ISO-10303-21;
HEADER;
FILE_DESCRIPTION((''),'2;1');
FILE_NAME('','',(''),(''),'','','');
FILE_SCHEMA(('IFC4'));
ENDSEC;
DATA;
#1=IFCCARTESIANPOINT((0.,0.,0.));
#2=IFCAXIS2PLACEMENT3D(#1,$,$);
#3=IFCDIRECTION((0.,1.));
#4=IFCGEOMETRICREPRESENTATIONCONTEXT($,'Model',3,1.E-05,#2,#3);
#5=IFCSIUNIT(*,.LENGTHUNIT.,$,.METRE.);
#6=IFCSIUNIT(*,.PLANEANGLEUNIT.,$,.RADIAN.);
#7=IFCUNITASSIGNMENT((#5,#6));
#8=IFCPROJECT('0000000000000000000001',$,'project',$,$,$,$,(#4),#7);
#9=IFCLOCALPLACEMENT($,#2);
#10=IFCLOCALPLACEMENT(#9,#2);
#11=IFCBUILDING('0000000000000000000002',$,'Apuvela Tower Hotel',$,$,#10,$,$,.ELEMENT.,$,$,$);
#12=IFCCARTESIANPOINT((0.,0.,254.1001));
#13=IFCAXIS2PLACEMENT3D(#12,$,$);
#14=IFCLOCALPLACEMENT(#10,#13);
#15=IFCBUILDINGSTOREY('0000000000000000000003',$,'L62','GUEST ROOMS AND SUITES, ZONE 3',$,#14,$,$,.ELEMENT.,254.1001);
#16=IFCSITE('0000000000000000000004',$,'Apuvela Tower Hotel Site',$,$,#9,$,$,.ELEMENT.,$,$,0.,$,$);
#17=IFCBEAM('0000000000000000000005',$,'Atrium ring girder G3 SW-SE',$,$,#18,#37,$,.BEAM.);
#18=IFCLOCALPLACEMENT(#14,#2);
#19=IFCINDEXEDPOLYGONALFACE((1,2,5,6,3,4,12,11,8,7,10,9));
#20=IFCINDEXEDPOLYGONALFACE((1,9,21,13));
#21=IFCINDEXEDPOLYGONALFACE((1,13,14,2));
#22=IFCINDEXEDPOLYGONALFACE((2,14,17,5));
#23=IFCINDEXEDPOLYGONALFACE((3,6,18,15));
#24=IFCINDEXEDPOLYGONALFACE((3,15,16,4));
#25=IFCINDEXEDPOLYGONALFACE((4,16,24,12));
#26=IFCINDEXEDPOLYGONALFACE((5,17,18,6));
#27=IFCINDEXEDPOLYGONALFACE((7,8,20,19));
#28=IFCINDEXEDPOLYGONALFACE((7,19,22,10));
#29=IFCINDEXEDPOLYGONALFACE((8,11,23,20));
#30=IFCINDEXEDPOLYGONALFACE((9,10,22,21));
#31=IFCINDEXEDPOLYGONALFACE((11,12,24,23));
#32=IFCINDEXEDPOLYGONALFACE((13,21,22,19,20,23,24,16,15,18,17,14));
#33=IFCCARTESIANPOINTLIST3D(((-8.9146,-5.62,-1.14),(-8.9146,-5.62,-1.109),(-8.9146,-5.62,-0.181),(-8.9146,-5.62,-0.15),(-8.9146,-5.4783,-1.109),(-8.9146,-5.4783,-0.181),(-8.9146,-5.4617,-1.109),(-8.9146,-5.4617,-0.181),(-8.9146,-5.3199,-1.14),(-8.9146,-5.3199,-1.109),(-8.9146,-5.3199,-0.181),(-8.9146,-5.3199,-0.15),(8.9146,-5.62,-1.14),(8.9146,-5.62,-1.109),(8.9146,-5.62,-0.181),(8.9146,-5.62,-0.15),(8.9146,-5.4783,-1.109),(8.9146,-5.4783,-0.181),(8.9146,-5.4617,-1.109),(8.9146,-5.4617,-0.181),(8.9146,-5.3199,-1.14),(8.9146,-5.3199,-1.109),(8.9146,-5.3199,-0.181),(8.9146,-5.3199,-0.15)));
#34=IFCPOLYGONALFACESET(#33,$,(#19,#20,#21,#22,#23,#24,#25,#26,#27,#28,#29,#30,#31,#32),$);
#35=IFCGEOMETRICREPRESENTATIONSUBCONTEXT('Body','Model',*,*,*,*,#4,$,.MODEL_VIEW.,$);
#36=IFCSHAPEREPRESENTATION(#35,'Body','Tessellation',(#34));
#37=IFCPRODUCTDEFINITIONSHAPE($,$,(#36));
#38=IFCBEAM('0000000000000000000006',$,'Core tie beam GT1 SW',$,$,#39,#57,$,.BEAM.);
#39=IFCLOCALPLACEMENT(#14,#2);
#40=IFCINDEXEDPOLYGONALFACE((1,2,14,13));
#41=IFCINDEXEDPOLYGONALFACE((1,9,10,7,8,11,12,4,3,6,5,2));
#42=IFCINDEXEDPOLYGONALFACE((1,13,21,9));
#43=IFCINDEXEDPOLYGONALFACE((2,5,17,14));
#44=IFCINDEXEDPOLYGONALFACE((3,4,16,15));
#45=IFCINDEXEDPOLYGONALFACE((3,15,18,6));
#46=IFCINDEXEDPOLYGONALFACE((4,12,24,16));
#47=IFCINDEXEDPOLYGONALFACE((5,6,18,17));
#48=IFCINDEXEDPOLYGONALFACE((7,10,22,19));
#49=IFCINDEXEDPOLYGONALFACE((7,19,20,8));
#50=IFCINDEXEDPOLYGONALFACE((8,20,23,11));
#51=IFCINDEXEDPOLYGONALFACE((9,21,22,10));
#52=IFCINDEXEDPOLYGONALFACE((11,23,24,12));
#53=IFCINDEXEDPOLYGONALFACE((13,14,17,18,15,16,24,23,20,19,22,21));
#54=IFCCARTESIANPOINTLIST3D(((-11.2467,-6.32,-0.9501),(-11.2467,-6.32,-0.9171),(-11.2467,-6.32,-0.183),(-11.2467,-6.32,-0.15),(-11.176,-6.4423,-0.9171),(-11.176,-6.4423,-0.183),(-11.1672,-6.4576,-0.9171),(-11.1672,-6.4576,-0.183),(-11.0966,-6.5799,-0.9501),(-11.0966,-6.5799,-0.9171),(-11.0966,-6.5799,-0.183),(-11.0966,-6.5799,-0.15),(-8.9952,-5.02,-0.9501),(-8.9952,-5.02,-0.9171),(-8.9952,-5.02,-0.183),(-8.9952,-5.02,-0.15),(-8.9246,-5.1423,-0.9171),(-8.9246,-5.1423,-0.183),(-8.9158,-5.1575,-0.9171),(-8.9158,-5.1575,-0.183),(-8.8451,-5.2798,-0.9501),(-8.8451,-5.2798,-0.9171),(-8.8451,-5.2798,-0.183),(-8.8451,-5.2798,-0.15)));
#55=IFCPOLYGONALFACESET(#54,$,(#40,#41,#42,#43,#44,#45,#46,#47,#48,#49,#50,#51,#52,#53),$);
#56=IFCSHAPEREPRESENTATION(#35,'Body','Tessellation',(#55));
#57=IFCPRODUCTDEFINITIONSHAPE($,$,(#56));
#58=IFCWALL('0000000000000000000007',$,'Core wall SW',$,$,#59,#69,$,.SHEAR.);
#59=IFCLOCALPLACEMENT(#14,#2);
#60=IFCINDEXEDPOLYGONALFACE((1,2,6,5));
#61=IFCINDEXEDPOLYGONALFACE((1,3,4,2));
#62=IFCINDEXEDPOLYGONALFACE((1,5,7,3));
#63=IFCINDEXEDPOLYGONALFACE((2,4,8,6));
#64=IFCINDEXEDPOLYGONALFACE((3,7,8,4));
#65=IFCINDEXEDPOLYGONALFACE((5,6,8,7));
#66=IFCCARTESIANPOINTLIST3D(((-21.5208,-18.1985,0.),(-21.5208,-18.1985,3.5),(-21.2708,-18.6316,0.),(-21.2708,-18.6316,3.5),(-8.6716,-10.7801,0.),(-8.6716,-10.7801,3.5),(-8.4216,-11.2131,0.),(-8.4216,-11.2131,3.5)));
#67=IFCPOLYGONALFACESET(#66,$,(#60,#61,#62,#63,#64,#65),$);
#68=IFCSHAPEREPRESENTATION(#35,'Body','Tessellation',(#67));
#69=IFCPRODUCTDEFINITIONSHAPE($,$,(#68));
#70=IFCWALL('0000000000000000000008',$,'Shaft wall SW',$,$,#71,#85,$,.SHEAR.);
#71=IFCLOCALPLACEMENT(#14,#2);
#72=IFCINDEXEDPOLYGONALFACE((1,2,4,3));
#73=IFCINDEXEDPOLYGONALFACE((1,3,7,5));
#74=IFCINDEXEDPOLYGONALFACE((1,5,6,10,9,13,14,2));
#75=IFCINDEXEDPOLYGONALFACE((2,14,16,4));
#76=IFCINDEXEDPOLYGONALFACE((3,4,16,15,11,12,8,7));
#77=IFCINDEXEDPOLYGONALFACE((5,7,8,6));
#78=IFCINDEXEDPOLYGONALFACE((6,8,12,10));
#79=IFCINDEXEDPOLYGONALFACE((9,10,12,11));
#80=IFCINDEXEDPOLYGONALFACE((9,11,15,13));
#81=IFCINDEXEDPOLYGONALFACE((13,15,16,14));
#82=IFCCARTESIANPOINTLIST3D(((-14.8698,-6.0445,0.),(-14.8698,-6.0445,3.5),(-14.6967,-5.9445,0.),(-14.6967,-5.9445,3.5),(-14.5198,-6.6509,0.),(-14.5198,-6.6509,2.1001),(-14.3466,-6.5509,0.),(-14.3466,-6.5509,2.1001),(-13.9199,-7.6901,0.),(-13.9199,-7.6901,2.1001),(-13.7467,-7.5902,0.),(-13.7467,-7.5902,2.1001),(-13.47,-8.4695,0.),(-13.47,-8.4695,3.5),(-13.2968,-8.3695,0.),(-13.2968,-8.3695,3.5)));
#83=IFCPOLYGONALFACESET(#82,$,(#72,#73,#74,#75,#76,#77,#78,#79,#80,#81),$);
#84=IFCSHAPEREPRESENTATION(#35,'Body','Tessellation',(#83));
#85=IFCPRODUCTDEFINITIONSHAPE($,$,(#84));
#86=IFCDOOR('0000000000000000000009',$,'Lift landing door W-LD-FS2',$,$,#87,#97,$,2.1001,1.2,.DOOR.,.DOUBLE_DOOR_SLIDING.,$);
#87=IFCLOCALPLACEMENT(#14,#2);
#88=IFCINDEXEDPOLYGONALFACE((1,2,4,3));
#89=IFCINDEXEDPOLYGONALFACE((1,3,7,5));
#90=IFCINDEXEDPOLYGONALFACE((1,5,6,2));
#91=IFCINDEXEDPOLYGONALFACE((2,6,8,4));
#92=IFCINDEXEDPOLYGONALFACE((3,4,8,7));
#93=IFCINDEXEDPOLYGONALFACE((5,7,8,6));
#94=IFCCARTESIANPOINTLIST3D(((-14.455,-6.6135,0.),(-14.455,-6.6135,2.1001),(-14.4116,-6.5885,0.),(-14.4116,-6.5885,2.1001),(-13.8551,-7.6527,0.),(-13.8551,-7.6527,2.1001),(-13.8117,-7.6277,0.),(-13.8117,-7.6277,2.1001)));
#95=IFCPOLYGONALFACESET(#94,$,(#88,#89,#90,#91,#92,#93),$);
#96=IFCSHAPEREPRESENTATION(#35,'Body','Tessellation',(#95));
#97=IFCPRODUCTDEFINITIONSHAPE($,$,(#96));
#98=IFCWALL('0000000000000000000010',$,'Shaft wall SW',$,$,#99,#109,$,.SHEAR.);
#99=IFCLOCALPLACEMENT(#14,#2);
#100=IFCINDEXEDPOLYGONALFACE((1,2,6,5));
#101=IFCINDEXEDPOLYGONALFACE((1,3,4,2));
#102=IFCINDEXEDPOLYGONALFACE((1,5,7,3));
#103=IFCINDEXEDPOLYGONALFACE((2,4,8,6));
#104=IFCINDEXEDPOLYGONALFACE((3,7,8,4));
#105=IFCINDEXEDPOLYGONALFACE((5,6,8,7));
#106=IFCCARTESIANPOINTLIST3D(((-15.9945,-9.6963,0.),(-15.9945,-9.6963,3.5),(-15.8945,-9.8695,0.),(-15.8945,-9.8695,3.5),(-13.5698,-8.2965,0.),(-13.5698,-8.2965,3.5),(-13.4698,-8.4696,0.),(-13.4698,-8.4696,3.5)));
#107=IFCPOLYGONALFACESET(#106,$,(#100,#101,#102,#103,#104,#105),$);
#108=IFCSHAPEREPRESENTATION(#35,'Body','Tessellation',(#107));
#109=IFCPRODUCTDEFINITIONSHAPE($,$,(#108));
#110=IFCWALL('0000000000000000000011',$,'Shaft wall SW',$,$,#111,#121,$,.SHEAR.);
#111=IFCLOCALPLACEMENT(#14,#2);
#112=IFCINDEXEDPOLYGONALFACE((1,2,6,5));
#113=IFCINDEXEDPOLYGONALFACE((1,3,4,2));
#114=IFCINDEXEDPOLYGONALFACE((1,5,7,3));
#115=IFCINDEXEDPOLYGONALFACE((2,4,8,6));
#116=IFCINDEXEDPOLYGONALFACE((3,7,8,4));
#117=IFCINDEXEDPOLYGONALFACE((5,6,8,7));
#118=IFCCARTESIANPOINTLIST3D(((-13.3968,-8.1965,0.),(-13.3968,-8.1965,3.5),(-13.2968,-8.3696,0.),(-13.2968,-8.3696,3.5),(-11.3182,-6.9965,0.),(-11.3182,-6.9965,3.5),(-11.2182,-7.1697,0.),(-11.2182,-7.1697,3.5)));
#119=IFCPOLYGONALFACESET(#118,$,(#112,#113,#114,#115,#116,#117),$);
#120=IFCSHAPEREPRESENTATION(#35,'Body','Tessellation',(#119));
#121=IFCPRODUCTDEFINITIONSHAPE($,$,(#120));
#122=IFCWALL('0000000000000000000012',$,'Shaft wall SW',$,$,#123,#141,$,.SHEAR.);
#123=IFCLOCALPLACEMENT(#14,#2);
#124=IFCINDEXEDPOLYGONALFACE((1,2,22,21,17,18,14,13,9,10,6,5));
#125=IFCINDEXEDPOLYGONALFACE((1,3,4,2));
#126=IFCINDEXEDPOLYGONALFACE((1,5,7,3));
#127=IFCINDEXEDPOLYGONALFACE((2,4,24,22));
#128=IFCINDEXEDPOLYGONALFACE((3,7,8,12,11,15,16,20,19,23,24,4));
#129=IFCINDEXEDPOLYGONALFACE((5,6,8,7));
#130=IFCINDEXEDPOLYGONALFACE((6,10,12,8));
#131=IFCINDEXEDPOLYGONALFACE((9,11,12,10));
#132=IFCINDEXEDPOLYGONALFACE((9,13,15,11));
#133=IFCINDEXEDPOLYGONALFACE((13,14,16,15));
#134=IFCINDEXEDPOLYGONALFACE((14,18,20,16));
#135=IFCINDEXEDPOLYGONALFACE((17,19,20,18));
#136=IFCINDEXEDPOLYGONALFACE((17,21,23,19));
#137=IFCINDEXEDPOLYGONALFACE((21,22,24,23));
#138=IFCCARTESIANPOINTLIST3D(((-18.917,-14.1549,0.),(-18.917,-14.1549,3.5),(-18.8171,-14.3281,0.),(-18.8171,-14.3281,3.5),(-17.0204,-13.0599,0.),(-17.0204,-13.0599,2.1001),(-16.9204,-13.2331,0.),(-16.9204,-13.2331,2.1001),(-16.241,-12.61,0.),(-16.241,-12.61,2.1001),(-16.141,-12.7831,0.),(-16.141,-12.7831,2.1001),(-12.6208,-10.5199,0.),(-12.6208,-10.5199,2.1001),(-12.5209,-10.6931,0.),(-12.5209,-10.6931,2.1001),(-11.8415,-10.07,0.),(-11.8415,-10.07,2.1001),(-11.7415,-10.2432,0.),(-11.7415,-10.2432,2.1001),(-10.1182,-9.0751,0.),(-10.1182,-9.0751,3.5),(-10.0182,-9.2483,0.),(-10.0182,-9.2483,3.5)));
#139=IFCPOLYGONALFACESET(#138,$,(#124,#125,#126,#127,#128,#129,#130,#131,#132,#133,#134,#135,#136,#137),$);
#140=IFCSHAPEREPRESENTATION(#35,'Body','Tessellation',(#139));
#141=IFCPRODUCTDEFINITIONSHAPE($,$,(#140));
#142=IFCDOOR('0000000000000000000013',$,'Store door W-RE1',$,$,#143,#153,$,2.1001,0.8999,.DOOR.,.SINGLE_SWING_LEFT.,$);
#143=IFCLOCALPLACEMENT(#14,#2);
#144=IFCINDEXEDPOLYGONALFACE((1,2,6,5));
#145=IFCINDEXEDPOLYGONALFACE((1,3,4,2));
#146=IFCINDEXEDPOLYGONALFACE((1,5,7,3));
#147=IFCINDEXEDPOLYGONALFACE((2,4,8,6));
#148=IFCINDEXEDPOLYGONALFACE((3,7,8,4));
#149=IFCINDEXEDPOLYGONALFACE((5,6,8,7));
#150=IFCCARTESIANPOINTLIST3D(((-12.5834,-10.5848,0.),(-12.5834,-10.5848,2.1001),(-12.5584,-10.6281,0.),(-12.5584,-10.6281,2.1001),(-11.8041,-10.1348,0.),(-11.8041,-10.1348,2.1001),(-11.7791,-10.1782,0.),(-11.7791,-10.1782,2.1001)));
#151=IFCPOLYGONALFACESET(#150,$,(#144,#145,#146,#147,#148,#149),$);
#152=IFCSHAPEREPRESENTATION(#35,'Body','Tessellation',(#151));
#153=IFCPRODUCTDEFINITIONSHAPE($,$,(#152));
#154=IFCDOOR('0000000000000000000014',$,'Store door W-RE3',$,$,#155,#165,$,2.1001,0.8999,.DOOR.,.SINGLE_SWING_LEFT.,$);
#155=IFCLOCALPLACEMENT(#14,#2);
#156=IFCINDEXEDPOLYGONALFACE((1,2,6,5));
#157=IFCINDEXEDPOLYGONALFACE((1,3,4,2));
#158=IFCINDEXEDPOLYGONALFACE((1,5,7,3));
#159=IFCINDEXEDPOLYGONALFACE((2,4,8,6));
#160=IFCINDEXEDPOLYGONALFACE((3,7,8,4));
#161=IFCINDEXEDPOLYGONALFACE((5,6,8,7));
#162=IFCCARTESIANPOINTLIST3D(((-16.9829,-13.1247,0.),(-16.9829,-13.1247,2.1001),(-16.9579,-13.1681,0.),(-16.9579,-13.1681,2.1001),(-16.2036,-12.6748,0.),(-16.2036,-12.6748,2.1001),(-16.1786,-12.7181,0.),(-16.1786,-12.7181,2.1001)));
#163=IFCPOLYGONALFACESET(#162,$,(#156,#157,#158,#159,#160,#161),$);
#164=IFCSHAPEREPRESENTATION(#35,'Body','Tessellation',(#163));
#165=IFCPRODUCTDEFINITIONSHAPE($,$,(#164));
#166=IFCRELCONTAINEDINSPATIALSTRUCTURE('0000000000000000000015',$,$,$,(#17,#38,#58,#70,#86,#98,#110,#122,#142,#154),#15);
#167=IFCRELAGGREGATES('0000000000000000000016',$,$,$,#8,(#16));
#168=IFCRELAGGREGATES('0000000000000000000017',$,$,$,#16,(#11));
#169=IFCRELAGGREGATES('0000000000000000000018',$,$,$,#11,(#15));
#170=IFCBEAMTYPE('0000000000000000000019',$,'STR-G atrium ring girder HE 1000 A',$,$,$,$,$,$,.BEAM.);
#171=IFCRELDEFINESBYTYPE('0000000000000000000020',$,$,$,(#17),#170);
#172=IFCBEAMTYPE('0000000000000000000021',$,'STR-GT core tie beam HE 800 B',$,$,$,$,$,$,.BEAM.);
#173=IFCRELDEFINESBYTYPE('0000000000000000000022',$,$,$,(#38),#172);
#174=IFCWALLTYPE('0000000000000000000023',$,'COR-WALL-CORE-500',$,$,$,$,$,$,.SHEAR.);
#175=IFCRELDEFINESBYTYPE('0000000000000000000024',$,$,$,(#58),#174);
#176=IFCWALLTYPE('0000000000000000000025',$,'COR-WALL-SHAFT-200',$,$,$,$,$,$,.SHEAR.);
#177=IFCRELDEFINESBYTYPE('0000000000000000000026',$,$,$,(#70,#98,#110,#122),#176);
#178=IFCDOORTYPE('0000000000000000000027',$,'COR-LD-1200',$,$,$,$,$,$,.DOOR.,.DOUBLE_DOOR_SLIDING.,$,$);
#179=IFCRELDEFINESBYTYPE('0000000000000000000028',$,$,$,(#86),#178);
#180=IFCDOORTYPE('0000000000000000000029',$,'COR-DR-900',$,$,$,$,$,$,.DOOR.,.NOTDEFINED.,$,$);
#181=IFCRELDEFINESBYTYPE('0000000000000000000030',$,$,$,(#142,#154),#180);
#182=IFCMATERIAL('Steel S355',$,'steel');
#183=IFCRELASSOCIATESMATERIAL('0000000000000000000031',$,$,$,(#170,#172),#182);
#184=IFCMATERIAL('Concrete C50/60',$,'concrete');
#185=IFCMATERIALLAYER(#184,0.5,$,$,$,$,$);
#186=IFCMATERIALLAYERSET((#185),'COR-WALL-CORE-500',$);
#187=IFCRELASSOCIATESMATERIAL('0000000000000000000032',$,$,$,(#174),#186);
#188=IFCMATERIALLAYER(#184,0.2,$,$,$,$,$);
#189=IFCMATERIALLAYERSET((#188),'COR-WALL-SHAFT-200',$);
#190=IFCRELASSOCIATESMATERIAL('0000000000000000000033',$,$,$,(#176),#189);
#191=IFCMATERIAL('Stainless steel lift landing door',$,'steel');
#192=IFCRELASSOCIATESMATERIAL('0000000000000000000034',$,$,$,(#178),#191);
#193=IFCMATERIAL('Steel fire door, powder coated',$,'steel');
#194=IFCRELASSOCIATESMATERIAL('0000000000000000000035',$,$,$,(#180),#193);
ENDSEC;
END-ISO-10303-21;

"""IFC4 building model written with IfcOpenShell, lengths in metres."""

from ifc_helpers import new_model, si_unit, direction, frame, frame_2d, origin, origin_2d, place, context, subcontext, project, spatial, rectangle, i_section, extrude, material, layer, layer_set, material_profile, profile_set, type_object, element, fill, save


model = new_model("IFC4")

# Units and contexts
model_context = context("Model", 3, precision=1e-05, world=origin(), true_north=direction((0.0, 1.0)))
body_context = subcontext(model_context, "Body", "Model", "MODEL_VIEW")
ifc_project = project(units=[si_unit("LENGTHUNIT", "METRE"), si_unit("PLANEANGLEUNIT", "RADIAN")], contexts=[model_context])

# Site, building, storey
site_placement = place(None, origin())
site = spatial("IfcSite", under=ifc_project, at=site_placement, Name="Apuvela Tower Hotel Site", CompositionType="ELEMENT", RefElevation=0.0)
building_placement = place(site_placement, origin())
building = spatial("IfcBuilding", under=site, at=building_placement, Name="Apuvela Tower Hotel", CompositionType="ELEMENT")
storey_placement = place(building_placement, frame((0.0, 0.0, 254.1001)))
storey = spatial("IfcBuildingStorey", under=building, at=storey_placement, Name="L62", Description="GUEST ROOMS AND SUITES, ZONE 3", CompositionType="ELEMENT", Elevation=254.1001)

# Beams
ifc_material_1 = material(Name="Steel S355", Category="steel")
ifc_material_profile_1 = material_profile(ifc_material_1, i_section(OverallWidth=0.3, OverallDepth=0.99, WebThickness=0.0166, FlangeThickness=0.031, at=origin_2d()), Name="HE 1000 A")
ifc_profile_set_1 = profile_set([ifc_material_profile_1], Name="Steel S355")
beam_type_1 = type_object("IfcBeamType", Name="STR-G atrium ring girder HE 1000 A", PredefinedType="BEAM", material=ifc_profile_set_1)
beam_1_placement = place(storey_placement, frame((-8.9146, -5.47, -0.645), z_axis=(1.0, 0.0, 0.0), x_axis=(0.0, 1.0, 0.0)))
element("IfcBeam", 1, at=beam_1_placement, inside=storey, type_object=beam_type_1, Name="Atrium ring girder G3 SW-SE", PredefinedType="BEAM", context=body_context, shape_type="SweptSolid", body=[
    extrude(i_section(OverallWidth=0.3, OverallDepth=0.99, WebThickness=0.0166, FlangeThickness=0.031, at=origin_2d()), origin(), (0.0, 0.0, 1.0), 17.8291),
])
ifc_material_profile_2 = material_profile(ifc_material_1, i_section(OverallWidth=0.3, OverallDepth=0.8, WebThickness=0.0176, FlangeThickness=0.033, at=origin_2d()), Name="HE 800 B")
ifc_profile_set_2 = profile_set([ifc_material_profile_2], Name="Steel S355")
beam_type_2 = type_object("IfcBeamType", Name="STR-GT core tie beam HE 800 B", PredefinedType="BEAM", material=ifc_profile_set_2)
beam_2_placement = place(storey_placement, frame((-11.1716, -6.45, -0.55), z_axis=(0.865998, 0.500048, 0.0), x_axis=(-0.500048, 0.865998, 0.0)))
element("IfcBeam", 2, at=beam_2_placement, inside=storey, type_object=beam_type_2, Name="Core tie beam GT1 SW", PredefinedType="BEAM", context=body_context, shape_type="SweptSolid", body=[
    extrude(i_section(OverallWidth=0.3, OverallDepth=0.8, WebThickness=0.0176, FlangeThickness=0.033, at=origin_2d()), origin(), (0.0, 0.0, 1.0), 2.5999),
])

# Wall
ifc_material_2 = material(Name="Concrete C50/60", Category="concrete")
ifc_layer_1 = layer(ifc_material_2, 0.5)
ifc_layer_set_1 = layer_set([ifc_layer_1], Name="COR-WALL-CORE-500")
wall_type_1 = type_object("IfcWallType", Name="COR-WALL-CORE-500", PredefinedType="SHEAR", material=ifc_layer_set_1)
wall_1_placement = place(storey_placement, frame((-8.5466, -10.9966, 0.0), z_axis=(0.0, 0.0, 1.0), x_axis=(-0.866025, -0.500001, 0.0)))
element("IfcWall", 3, at=wall_1_placement, inside=storey, type_object=wall_type_1, Name="Core wall SW", PredefinedType="SHEAR", context=body_context, shape_type="SweptSolid", body=[
    extrude(rectangle(XDim=14.8369, YDim=0.5, at=frame_2d((7.4185, 0.0))), origin(), (0.0, 0.0, 1.0), 3.5),
])

# Wall, opening, door
ifc_layer_2 = layer(ifc_material_2, 0.2)
ifc_layer_set_2 = layer_set([ifc_layer_2], Name="COR-WALL-SHAFT-200")
wall_type_2 = type_object("IfcWallType", Name="COR-WALL-SHAFT-200", PredefinedType="SHEAR", material=ifc_layer_set_2)
wall_2_placement = place(storey_placement, frame((-14.7832, -5.9946, 0.0), z_axis=(0.0, 0.0, 1.0), x_axis=(0.499946, -0.866056, 0.0)))
wall_2 = element("IfcWall", 4, at=wall_2_placement, inside=storey, type_object=wall_type_2, Name="Shaft wall SW", PredefinedType="SHEAR", context=body_context, shape_type="SweptSolid", body=[
    extrude(rectangle(XDim=2.8, YDim=0.2, at=frame_2d((1.3999, 0.0))), origin(), (0.0, 0.0, 1.0), 3.5),
])
opening_1_placement = place(wall_2_placement, frame((0.7, 0.0, 0.0)))
opening_1 = element("IfcOpeningElement", 5, at=opening_1_placement, cuts=wall_2, PredefinedType="OPENING", context=body_context, shape_type="SweptSolid", body=[
    extrude(rectangle(XDim=1.2, YDim=2.1001, at=frame_2d((0.6001, 1.05))), frame((0.0, 0.1099, 0.0), z_axis=(0.0, -1.0, 0.0), x_axis=(1.0, 0.0, 0.0)), (0.0, 0.0, 1.0), 0.22),
])
ifc_material_3 = material(Name="Stainless steel lift landing door", Category="steel")
door_type_1 = type_object("IfcDoorType", Name="COR-LD-1200", OperationType="DOUBLE_DOOR_SLIDING", PredefinedType="DOOR", material=ifc_material_3)
door_1_placement = place(opening_1_placement, origin())
door_1 = element("IfcDoor", 6, at=door_1_placement, inside=storey, type_object=door_type_1, Name="Lift landing door W-LD-FS2", OperationType="DOUBLE_DOOR_SLIDING", OverallHeight=2.1001, OverallWidth=1.2, PredefinedType="DOOR", context=body_context, shape_type="SweptSolid", body=[
    extrude(rectangle(XDim=1.2, YDim=2.1001, at=frame_2d((0.6001, 1.05))), frame((0.0, 0.0249, 0.0), z_axis=(0.0, -1.0, 0.0), x_axis=(1.0, 0.0, 0.0)), (0.0, 0.0, 1.0), 0.05),
])
fill(opening_1, door_1)

# Walls
wall_3_placement = place(storey_placement, frame((-13.5198, -8.3831, 0.0), z_axis=(0.0, 0.0, 1.0), x_axis=(-0.866035, -0.499984, 0.0)))
element("IfcWall", 7, at=wall_3_placement, inside=storey, type_object=wall_type_2, Name="Shaft wall SW", PredefinedType="SHEAR", context=body_context, shape_type="SweptSolid", body=[
    extrude(rectangle(XDim=2.7998, YDim=0.2, at=frame_2d((1.3999, 0.0))), origin(), (0.0, 0.0, 1.0), 3.5),
])
wall_4_placement = place(storey_placement, frame((-11.2681, -7.083, 0.0), z_axis=(0.0, 0.0, 1.0), x_axis=(-0.86605, -0.499957, 0.0)))
element("IfcWall", 8, at=wall_4_placement, inside=storey, type_object=wall_type_2, Name="Shaft wall SW", PredefinedType="SHEAR", context=body_context, shape_type="SweptSolid", body=[
    extrude(rectangle(XDim=2.4001, YDim=0.2, at=frame_2d((1.2002, 0.0))), origin(), (0.0, 0.0, 1.0), 3.5),
])

# Wall, openings, doors
wall_5_placement = place(storey_placement, frame((-10.0681, -9.1616, 0.0), z_axis=(0.0, 0.0, 1.0), x_axis=(-0.866033, -0.499987, 0.0)))
wall_5 = element("IfcWall", 9, at=wall_5_placement, inside=storey, type_object=wall_type_2, Name="Shaft wall SW", PredefinedType="SHEAR", context=body_context, shape_type="SweptSolid", body=[
    extrude(rectangle(XDim=10.1599, YDim=0.2, at=frame_2d((5.0801, 0.0))), origin(), (0.0, 0.0, 1.0), 3.5),
])
opening_2_placement = place(wall_5_placement, frame((1.99, 0.0, 0.0)))
opening_2 = element("IfcOpeningElement", 10, at=opening_2_placement, cuts=wall_5, PredefinedType="OPENING", context=body_context, shape_type="SweptSolid", body=[
    extrude(rectangle(XDim=0.8999, YDim=2.1001, at=frame_2d((0.45, 1.05))), frame((0.0, 0.1099, 0.0), z_axis=(0.0, -1.0, 0.0), x_axis=(1.0, 0.0, 0.0)), (0.0, 0.0, 1.0), 0.22),
])
opening_3_placement = place(wall_5_placement, frame((7.0701, 0.0, 0.0)))
opening_3 = element("IfcOpeningElement", 11, at=opening_3_placement, cuts=wall_5, PredefinedType="OPENING", context=body_context, shape_type="SweptSolid", body=[
    extrude(rectangle(XDim=0.8999, YDim=2.1001, at=frame_2d((0.45, 1.05))), frame((0.0, 0.1099, 0.0), z_axis=(0.0, -1.0, 0.0), x_axis=(1.0, 0.0, 0.0)), (0.0, 0.0, 1.0), 0.22),
])
ifc_material_4 = material(Name="Steel fire door, powder coated", Category="steel")
door_type_2 = type_object("IfcDoorType", Name="COR-DR-900", OperationType="NOTDEFINED", PredefinedType="DOOR", material=ifc_material_4)
door_2_placement = place(opening_2_placement, origin())
door_2 = element("IfcDoor", 12, at=door_2_placement, inside=storey, type_object=door_type_2, Name="Store door W-RE1", OperationType="SINGLE_SWING_LEFT", OverallHeight=2.1001, OverallWidth=0.8999, PredefinedType="DOOR", context=body_context, shape_type="SweptSolid", body=[
    extrude(rectangle(XDim=0.8999, YDim=2.1001, at=frame_2d((0.45, 1.05))), frame((0.0, 0.0249, 0.0), z_axis=(0.0, -1.0, 0.0), x_axis=(1.0, 0.0, 0.0)), (0.0, 0.0, 1.0), 0.05),
])
fill(opening_2, door_2)
door_3_placement = place(opening_3_placement, origin())
door_3 = element("IfcDoor", 13, at=door_3_placement, inside=storey, type_object=door_type_2, Name="Store door W-RE3", OperationType="SINGLE_SWING_LEFT", OverallHeight=2.1001, OverallWidth=0.8999, PredefinedType="DOOR", context=body_context, shape_type="SweptSolid", body=[
    extrude(rectangle(XDim=0.8999, YDim=2.1001, at=frame_2d((0.45, 1.05))), frame((0.0, 0.0249, 0.0), z_axis=(0.0, -1.0, 0.0), x_axis=(1.0, 0.0, 0.0)), (0.0, 0.0, 1.0), 0.05),
])
fill(opening_3, door_3)

save(model, "model.ifc")
